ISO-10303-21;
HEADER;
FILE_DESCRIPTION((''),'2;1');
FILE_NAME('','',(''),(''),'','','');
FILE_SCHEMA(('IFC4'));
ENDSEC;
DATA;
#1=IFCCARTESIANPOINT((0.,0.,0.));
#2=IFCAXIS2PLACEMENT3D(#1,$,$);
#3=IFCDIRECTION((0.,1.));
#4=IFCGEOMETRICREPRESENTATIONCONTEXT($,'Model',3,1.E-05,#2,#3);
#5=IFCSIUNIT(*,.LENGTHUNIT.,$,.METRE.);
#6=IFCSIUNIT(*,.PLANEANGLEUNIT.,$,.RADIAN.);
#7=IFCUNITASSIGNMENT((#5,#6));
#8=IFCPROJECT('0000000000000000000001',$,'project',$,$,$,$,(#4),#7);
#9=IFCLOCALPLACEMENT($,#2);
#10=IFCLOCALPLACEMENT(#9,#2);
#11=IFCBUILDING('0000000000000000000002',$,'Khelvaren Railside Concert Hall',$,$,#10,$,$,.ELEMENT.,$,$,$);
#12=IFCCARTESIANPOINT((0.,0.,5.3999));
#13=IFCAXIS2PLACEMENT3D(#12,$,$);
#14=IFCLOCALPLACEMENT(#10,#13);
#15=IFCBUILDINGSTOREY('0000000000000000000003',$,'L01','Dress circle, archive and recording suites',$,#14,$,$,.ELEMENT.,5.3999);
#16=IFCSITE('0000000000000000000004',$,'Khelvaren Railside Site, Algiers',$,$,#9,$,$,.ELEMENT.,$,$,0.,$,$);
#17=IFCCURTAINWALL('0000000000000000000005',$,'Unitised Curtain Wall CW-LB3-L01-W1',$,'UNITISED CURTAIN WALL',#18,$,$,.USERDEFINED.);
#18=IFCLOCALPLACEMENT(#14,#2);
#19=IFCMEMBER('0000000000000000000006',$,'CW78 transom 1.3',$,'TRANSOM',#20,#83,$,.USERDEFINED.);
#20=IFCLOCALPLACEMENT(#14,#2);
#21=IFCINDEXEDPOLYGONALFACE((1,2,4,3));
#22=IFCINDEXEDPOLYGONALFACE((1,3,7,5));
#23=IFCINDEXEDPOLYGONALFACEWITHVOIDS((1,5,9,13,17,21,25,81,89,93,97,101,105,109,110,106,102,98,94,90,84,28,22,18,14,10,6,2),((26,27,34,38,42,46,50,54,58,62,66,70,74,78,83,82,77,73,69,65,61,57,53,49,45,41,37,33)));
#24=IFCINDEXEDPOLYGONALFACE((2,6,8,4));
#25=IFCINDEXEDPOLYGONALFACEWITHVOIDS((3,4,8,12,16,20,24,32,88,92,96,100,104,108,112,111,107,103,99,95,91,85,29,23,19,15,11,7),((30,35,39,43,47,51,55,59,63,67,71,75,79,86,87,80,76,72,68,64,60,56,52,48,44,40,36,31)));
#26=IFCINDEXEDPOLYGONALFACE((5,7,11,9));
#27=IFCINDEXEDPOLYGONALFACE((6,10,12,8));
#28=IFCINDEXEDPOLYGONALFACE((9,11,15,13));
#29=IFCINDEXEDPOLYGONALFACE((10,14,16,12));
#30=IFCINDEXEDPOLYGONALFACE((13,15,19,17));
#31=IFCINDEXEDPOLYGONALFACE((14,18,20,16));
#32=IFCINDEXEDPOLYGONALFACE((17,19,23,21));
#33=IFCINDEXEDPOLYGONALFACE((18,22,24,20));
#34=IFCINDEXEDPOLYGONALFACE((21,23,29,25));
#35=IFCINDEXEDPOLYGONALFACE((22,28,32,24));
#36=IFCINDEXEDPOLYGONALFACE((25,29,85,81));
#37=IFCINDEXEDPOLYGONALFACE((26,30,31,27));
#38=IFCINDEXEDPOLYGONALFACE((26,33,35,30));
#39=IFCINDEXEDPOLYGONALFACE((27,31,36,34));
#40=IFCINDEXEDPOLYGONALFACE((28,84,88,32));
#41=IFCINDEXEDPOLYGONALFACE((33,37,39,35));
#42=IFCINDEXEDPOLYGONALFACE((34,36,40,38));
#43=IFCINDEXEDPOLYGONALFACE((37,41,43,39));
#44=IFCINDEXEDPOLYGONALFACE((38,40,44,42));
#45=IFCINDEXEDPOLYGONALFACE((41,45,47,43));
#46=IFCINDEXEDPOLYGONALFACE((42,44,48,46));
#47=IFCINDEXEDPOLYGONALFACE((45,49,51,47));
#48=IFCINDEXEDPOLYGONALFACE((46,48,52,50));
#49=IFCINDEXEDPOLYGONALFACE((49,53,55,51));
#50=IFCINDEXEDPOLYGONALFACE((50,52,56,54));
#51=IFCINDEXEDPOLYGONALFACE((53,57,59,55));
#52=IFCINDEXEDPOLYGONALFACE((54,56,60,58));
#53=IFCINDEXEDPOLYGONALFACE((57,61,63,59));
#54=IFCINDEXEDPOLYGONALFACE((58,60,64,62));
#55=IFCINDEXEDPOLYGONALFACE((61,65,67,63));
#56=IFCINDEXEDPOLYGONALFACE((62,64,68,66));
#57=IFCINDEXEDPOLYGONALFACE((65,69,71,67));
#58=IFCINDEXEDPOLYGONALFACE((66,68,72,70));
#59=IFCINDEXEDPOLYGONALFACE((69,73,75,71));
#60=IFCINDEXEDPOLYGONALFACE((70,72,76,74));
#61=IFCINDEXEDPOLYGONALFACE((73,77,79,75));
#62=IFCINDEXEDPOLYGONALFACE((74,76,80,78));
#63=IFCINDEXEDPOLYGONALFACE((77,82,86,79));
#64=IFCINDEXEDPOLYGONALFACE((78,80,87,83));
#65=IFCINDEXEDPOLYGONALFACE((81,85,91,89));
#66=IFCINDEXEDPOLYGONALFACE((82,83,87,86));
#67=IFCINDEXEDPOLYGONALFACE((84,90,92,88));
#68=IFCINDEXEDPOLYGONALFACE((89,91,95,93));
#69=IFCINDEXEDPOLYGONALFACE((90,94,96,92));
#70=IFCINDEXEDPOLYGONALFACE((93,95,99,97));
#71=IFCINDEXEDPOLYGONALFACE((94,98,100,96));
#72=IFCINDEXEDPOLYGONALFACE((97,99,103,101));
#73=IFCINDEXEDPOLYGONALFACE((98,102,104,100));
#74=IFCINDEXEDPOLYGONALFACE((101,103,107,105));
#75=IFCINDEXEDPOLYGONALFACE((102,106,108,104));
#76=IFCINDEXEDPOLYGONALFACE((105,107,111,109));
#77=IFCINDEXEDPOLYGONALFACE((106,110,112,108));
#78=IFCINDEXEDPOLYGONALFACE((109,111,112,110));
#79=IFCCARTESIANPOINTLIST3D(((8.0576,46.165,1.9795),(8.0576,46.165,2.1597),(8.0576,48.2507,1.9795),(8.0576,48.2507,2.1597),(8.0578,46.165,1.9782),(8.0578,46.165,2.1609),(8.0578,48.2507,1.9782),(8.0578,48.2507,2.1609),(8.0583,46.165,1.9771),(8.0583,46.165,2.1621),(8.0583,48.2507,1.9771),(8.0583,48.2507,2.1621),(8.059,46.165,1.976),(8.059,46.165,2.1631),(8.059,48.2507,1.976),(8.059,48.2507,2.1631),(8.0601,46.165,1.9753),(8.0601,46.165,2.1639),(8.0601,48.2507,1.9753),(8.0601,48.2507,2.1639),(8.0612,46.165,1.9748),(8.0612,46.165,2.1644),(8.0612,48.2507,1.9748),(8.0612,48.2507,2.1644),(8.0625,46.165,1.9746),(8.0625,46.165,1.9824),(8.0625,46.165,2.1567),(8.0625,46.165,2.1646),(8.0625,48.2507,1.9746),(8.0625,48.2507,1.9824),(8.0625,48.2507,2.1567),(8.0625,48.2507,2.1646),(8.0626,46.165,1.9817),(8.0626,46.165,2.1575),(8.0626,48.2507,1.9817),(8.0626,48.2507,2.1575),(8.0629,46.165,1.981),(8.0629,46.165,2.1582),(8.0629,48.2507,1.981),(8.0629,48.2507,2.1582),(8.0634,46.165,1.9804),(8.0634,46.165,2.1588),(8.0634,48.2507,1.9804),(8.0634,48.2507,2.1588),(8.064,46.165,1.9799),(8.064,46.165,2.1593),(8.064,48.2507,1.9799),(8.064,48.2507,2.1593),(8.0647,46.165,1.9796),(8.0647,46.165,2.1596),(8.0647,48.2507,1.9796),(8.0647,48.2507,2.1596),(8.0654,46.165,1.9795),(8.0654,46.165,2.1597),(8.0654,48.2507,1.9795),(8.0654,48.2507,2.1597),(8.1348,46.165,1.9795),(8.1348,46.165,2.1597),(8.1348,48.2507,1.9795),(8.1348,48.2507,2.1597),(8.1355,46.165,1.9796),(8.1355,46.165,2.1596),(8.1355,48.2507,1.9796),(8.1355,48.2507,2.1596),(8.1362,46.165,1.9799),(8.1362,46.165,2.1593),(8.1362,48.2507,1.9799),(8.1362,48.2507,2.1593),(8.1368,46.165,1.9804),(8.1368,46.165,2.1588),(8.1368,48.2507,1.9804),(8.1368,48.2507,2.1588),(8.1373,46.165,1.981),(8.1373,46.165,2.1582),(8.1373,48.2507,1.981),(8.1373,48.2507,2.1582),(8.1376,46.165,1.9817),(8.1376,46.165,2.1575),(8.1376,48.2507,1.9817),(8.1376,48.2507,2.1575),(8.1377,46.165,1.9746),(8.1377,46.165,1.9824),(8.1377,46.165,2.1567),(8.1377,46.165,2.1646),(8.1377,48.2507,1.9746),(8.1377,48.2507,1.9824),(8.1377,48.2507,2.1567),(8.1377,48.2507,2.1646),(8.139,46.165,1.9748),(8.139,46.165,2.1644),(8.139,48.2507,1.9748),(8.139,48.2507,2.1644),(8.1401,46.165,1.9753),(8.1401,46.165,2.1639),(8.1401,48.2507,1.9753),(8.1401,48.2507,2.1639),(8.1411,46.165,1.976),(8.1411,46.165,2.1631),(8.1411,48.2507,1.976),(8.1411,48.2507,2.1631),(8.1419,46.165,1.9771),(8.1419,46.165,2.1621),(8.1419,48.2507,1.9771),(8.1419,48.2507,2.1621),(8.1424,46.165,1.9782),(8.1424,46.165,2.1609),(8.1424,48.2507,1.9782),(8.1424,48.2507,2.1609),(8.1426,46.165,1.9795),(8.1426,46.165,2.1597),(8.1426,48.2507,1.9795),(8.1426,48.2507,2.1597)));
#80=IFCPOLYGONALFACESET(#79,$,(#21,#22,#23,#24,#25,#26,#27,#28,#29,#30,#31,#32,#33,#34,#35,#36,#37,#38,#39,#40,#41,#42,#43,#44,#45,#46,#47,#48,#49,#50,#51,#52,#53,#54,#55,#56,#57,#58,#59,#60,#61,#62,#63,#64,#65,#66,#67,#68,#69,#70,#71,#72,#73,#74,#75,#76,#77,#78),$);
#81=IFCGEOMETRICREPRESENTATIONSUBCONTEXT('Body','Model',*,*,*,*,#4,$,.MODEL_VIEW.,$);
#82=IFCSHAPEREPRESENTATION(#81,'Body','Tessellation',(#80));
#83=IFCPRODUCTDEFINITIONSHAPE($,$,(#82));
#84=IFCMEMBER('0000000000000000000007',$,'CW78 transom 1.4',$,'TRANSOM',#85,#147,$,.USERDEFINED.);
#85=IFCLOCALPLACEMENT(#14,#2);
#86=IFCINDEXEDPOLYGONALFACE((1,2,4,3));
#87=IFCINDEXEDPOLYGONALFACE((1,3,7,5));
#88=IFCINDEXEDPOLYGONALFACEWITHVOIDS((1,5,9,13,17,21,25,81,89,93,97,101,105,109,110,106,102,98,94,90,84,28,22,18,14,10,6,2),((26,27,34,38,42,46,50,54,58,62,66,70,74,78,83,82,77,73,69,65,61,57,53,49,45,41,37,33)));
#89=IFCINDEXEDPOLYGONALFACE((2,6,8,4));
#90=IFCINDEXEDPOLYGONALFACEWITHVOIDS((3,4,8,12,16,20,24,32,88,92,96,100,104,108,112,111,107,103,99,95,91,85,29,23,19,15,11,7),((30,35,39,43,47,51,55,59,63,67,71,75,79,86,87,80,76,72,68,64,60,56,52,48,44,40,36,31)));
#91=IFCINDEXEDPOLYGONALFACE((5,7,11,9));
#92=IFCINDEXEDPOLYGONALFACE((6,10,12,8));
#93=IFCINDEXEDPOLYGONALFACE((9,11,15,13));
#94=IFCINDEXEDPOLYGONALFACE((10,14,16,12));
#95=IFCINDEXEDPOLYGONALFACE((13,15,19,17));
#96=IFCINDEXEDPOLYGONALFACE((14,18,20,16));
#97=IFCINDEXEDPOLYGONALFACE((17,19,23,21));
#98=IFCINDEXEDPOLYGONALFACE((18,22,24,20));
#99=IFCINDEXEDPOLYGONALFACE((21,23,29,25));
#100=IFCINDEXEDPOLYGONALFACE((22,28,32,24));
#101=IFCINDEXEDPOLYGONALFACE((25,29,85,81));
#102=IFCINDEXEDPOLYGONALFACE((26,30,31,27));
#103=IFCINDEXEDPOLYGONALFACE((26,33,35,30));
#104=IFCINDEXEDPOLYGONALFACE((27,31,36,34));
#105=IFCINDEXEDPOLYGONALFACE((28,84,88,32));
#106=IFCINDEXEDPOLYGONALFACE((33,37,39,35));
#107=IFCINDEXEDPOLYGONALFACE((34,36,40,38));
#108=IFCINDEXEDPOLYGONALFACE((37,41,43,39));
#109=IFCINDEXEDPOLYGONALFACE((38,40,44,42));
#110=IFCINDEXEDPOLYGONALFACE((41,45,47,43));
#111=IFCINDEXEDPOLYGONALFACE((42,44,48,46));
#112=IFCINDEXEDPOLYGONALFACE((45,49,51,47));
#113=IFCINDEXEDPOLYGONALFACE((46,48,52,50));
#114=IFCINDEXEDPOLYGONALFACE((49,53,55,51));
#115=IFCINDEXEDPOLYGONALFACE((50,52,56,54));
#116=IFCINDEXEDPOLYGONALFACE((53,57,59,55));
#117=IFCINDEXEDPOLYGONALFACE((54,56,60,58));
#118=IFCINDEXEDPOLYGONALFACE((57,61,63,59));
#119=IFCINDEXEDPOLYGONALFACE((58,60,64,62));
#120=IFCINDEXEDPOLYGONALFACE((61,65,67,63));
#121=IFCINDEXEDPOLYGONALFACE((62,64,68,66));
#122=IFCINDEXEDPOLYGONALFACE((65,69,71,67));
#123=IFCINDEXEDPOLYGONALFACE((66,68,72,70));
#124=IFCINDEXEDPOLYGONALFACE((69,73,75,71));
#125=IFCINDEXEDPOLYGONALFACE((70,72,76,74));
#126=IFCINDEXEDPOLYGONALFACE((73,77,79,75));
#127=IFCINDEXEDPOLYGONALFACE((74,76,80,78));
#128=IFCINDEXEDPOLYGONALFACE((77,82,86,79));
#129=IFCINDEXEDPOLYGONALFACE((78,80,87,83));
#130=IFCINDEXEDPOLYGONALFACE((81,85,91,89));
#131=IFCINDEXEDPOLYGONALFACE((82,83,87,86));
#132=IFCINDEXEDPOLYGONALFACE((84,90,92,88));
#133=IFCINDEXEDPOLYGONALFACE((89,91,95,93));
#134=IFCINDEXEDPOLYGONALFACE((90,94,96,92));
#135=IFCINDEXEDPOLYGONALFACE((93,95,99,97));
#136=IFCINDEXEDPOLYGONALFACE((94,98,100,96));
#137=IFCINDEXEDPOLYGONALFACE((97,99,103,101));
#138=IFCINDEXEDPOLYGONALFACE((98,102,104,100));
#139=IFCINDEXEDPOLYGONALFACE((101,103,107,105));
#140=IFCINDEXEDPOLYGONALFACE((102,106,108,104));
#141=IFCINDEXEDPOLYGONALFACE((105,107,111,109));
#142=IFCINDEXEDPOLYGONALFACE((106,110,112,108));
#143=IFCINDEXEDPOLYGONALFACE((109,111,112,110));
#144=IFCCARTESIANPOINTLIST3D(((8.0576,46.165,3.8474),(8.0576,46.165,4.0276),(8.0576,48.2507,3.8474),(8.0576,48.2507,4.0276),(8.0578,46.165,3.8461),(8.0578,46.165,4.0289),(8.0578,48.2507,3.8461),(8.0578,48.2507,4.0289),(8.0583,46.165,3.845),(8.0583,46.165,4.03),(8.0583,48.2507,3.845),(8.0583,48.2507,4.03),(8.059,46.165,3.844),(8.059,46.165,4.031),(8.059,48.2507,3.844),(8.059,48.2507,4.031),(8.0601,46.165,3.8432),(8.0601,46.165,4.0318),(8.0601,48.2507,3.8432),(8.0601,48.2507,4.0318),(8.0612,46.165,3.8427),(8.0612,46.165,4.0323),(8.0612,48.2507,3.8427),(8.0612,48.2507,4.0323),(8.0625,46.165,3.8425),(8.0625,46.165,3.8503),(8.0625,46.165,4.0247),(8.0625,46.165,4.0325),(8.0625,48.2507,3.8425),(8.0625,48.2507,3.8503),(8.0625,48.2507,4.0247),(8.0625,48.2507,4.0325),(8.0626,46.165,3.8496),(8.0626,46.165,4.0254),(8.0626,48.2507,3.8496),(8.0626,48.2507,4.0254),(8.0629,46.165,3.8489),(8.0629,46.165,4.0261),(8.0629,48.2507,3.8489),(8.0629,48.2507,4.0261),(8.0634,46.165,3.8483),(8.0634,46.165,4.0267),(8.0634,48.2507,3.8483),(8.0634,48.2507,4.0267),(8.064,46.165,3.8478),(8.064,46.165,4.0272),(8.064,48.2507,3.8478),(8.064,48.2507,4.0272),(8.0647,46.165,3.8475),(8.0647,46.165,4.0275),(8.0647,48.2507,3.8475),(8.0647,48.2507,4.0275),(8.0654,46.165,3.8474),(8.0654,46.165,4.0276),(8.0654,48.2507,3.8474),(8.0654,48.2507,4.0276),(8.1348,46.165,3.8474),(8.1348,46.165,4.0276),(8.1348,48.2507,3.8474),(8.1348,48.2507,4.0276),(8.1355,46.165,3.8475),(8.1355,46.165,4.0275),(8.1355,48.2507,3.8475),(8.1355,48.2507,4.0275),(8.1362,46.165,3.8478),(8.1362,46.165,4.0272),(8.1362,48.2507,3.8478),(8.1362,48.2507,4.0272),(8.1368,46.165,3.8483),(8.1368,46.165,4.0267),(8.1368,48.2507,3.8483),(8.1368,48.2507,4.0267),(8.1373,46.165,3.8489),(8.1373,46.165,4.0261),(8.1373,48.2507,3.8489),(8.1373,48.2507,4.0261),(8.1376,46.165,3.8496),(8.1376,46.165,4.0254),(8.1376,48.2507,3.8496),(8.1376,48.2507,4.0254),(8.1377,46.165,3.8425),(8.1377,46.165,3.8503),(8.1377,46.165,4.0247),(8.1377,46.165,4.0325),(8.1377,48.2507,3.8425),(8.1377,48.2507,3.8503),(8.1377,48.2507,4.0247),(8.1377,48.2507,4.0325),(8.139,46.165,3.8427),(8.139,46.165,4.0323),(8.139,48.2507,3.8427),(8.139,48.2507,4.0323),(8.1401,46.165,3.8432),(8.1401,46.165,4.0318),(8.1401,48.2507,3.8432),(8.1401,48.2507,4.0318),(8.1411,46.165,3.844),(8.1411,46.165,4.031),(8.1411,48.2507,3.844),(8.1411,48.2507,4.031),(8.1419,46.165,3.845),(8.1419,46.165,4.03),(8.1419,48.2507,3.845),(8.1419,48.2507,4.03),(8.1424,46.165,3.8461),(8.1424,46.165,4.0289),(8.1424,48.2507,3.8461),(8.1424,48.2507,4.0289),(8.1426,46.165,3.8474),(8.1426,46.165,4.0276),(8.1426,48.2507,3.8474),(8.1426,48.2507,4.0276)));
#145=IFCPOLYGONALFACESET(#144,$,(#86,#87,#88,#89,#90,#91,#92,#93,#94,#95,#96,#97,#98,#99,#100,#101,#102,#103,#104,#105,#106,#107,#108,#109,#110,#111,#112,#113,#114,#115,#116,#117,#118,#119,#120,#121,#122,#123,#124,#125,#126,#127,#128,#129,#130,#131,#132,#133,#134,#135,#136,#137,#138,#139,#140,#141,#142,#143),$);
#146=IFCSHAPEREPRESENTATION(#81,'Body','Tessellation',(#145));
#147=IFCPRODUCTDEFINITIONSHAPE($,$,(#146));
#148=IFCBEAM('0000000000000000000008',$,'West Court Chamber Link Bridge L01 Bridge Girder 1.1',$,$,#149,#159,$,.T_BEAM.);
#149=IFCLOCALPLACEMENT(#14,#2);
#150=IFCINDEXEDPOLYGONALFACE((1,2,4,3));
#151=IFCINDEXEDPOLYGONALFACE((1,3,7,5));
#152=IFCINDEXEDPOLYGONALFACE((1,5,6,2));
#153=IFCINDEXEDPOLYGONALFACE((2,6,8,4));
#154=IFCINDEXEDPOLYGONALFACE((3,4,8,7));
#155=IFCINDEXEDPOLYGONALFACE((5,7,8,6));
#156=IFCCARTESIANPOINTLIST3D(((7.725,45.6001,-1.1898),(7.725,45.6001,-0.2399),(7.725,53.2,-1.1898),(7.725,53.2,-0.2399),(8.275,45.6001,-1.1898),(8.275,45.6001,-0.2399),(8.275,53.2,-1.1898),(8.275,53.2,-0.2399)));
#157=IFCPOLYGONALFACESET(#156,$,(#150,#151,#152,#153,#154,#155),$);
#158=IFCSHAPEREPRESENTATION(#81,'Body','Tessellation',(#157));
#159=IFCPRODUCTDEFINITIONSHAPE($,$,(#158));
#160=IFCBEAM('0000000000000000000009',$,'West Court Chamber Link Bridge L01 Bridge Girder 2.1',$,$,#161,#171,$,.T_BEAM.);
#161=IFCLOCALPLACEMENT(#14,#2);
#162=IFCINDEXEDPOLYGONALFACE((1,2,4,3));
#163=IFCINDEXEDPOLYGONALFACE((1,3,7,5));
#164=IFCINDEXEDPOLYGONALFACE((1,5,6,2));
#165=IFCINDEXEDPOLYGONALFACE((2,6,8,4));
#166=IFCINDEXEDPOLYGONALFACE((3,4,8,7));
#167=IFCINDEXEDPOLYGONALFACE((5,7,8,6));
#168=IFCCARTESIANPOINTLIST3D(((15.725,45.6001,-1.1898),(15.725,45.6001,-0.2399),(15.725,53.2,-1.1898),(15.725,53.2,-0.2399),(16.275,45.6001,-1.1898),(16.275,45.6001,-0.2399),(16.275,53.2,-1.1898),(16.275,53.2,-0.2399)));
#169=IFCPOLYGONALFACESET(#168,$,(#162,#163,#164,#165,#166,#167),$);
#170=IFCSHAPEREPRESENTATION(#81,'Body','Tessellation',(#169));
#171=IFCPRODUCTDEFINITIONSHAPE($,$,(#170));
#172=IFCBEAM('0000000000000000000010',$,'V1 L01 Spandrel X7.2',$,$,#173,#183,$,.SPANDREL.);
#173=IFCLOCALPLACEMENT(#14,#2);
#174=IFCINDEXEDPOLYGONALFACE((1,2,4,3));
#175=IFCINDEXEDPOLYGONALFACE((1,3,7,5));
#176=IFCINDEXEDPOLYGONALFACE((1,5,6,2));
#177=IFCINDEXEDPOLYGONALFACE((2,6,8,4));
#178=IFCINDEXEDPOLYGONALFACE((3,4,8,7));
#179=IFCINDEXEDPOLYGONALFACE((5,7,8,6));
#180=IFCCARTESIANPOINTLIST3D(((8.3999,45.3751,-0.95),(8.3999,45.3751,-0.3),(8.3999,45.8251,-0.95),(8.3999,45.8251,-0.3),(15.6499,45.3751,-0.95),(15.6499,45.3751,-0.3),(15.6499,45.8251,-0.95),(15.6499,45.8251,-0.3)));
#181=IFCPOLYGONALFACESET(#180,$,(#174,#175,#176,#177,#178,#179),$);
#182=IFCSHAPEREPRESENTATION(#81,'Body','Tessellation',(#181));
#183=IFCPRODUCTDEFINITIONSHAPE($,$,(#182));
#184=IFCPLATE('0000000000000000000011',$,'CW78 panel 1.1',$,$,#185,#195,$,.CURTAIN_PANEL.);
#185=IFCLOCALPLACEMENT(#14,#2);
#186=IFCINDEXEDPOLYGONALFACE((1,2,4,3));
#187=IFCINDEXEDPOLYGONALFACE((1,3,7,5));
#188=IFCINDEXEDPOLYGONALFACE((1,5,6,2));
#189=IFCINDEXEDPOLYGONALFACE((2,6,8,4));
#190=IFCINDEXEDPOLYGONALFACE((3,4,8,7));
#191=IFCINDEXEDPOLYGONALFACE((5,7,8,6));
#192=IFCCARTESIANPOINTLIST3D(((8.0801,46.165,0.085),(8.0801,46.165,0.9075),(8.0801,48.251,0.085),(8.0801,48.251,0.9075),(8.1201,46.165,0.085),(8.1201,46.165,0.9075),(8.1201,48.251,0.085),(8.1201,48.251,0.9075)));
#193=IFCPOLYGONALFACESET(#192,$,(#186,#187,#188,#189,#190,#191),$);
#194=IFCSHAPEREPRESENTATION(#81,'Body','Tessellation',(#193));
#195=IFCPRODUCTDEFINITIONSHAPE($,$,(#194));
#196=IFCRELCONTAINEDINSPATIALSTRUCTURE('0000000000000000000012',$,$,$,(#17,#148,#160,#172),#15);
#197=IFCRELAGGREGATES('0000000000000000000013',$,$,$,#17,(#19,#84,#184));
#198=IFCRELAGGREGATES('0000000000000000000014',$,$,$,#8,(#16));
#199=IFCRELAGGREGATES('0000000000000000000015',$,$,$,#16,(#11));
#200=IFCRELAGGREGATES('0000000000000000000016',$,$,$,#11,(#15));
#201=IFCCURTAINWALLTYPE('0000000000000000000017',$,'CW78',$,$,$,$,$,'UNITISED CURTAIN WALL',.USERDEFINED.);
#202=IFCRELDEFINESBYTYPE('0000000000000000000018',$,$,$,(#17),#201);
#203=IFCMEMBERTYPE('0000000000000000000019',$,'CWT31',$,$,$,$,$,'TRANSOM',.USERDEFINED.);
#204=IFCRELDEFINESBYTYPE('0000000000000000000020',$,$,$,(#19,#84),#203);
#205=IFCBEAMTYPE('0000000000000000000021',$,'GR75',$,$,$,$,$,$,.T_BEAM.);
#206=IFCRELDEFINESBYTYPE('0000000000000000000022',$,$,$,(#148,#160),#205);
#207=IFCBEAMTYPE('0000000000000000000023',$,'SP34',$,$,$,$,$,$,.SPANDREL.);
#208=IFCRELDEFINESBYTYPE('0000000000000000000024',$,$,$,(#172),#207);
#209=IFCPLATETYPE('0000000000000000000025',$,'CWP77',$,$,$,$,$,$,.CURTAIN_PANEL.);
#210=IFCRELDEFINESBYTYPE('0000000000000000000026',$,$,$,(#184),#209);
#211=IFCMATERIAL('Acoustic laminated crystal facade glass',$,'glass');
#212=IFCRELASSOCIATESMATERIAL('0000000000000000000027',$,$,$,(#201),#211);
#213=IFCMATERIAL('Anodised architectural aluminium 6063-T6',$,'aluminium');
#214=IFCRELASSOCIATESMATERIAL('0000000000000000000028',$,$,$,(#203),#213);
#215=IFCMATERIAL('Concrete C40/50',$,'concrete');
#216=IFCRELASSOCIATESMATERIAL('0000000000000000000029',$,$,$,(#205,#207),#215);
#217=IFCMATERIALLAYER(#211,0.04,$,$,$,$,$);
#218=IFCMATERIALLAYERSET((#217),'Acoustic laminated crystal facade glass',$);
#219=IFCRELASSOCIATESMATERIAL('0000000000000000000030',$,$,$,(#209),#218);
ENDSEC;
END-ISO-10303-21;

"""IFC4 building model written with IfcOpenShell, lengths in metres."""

from ifc_helpers import new_model, si_unit, direction, frame, origin, origin_2d, place, context, subcontext, project, spatial, rectangle, hollow_rectangle, extrude, material, layer, layer_set, material_profile, profile_set, type_object, element, aggregate, save


model = new_model("IFC4")

# Units and contexts
model_context = context("Model", 3, precision=1e-05, world=origin(), true_north=direction((0.0, 1.0)))
body_context = subcontext(model_context, "Body", "Model", "MODEL_VIEW")
ifc_project = project(units=[si_unit("LENGTHUNIT", "METRE"), si_unit("PLANEANGLEUNIT", "RADIAN")], contexts=[model_context])

# Site, building, storey
site_placement = place(None, origin())
site = spatial("IfcSite", under=ifc_project, at=site_placement, Name="Khelvaren Railside Site, Algiers", CompositionType="ELEMENT", RefElevation=0.0)
building_placement = place(site_placement, origin())
building = spatial("IfcBuilding", under=site, at=building_placement, Name="Khelvaren Railside Concert Hall", CompositionType="ELEMENT")
storey_placement = place(building_placement, frame((0.0, 0.0, 5.3999)))
storey = spatial("IfcBuildingStorey", under=building, at=storey_placement, Name="L01", Description="Dress circle, archive and recording suites", CompositionType="ELEMENT", Elevation=5.3999)

# Curtain wall
ifc_material_1 = material(Name="Acoustic laminated crystal facade glass", Category="glass")
curtain_wall_type = type_object("IfcCurtainWallType", Name="CW78", ElementType="UNITISED CURTAIN WALL", PredefinedType="USERDEFINED", material=ifc_material_1)
curtain_wall_1_placement = place(storey_placement, origin())
curtain_wall_1 = element("IfcCurtainWall", 1, at=curtain_wall_1_placement, inside=storey, type_object=curtain_wall_type, Name="Unitised Curtain Wall CW-LB3-L01-W1", ObjectType="UNITISED CURTAIN WALL", PredefinedType="USERDEFINED")
ifc_material_2 = material(Name="Anodised architectural aluminium 6063-T6", Category="aluminium")

# Members
ifc_material_profile_1 = material_profile(ifc_material_2, hollow_rectangle(XDim=0.085, YDim=0.1899, WallThickness=0.0049, InnerFilletRadius=0.0029, OuterFilletRadius=0.0049, at=origin_2d()), Name="CWT 85x190x5")
ifc_profile_set_1 = profile_set([ifc_material_profile_1], Name="Anodised architectural aluminium 6063-T6")
member_type_1 = type_object("IfcMemberType", Name="CWT31", ElementType="TRANSOM", PredefinedType="USERDEFINED", material=ifc_profile_set_1)
member_1_placement = place(storey_placement, frame((8.1001, 46.165, 2.0696), z_axis=(0.0, 1.0, 0.0), x_axis=(-1.0, 0.0, 0.0)))
member_1 = element("IfcMember", 2, at=member_1_placement, type_object=member_type_1, Name="CW78 transom 1.3", ObjectType="TRANSOM", PredefinedType="USERDEFINED", context=body_context, shape_type="SweptSolid", body=[
    extrude(hollow_rectangle(XDim=0.085, YDim=0.1899, WallThickness=0.0049, InnerFilletRadius=0.0029, OuterFilletRadius=0.0049, at=origin_2d()), origin(), (0.0, 0.0, 1.0), 2.0857),
])
member_2_placement = place(storey_placement, frame((8.1001, 46.165, 3.9375), z_axis=(0.0, 1.0, 0.0), x_axis=(-1.0, 0.0, 0.0)))
member_2 = element("IfcMember", 3, at=member_2_placement, type_object=member_type_1, Name="CW78 transom 1.4", ObjectType="TRANSOM", PredefinedType="USERDEFINED", context=body_context, shape_type="SweptSolid", body=[
    extrude(hollow_rectangle(XDim=0.085, YDim=0.1899, WallThickness=0.0049, InnerFilletRadius=0.0029, OuterFilletRadius=0.0049, at=origin_2d()), origin(), (0.0, 0.0, 1.0), 2.0857),
])

# Beams
ifc_material_3 = material(Name="Concrete C40/50", Category="concrete")
ifc_material_profile_2 = material_profile(ifc_material_3, rectangle(XDim=0.55, YDim=0.95, at=origin_2d()), Name="RCB 550x950")
ifc_profile_set_2 = profile_set([ifc_material_profile_2], Name="Concrete C40/50")
beam_type_1 = type_object("IfcBeamType", Name="GR75", PredefinedType="T_BEAM", material=ifc_profile_set_2)
for number, where, z_axis, x_axis, name in (
    (4, (8.0, 45.6001, -0.7148), (0.0, 1.0, 0.0), (-1.0, 0.0, 0.0), "West Court Chamber Link Bridge L01 Bridge Girder 1.1"),
    (5, (16.0, 45.6001, -0.7148), (0.0, 1.0, 0.0), (-1.0, 0.0, 0.0), "West Court Chamber Link Bridge L01 Bridge Girder 2.1"),
):
    element("IfcBeam", number, at=place(storey_placement, frame(where, z_axis=z_axis, x_axis=x_axis)), inside=storey, type_object=beam_type_1, Name=name, PredefinedType="T_BEAM", context=body_context, shape_type="SweptSolid", body=[
        extrude(rectangle(XDim=0.55, YDim=0.95, at=origin_2d()), origin(), (0.0, 0.0, 1.0), 7.5999),
    ])
ifc_material_profile_3 = material_profile(ifc_material_3, rectangle(XDim=0.45, YDim=0.6499, at=origin_2d()), Name="RCB 450x650")
ifc_profile_set_3 = profile_set([ifc_material_profile_3], Name="Concrete C40/50")
beam_type_2 = type_object("IfcBeamType", Name="SP34", PredefinedType="SPANDREL", material=ifc_profile_set_3)
beam_1_placement = place(storey_placement, frame((8.3999, 45.6001, -0.625), z_axis=(1.0, 0.0, 0.0), x_axis=(0.0, 1.0, 0.0)))
element("IfcBeam", 6, at=beam_1_placement, inside=storey, type_object=beam_type_2, Name="V1 L01 Spandrel X7.2", PredefinedType="SPANDREL", context=body_context, shape_type="SweptSolid", body=[
    extrude(rectangle(XDim=0.45, YDim=0.6499, at=origin_2d()), origin(), (0.0, 0.0, 1.0), 7.25),
])

# Plate
ifc_layer_1 = layer(ifc_material_1, 0.04)
ifc_layer_set_1 = layer_set([ifc_layer_1], Name="Acoustic laminated crystal facade glass")
plate_type = type_object("IfcPlateType", Name="CWP77", PredefinedType="CURTAIN_PANEL", material=ifc_layer_set_1)
plate_1_placement = place(storey_placement, frame((8.1001, 47.208, 0.085), z_axis=(0.0, 0.0, 1.0), x_axis=(0.0, 1.0, 0.0)))
plate_1 = element("IfcPlate", 7, at=plate_1_placement, type_object=plate_type, Name="CW78 panel 1.1", PredefinedType="CURTAIN_PANEL", context=body_context, shape_type="SweptSolid", body=[
    extrude(rectangle(XDim=2.0859, YDim=0.04, at=origin_2d()), origin(), (0.0, 0.0, 1.0), 0.8225),
])
aggregate(curtain_wall_1, [member_1, member_2, plate_1])

save(model, "model.ifc")
